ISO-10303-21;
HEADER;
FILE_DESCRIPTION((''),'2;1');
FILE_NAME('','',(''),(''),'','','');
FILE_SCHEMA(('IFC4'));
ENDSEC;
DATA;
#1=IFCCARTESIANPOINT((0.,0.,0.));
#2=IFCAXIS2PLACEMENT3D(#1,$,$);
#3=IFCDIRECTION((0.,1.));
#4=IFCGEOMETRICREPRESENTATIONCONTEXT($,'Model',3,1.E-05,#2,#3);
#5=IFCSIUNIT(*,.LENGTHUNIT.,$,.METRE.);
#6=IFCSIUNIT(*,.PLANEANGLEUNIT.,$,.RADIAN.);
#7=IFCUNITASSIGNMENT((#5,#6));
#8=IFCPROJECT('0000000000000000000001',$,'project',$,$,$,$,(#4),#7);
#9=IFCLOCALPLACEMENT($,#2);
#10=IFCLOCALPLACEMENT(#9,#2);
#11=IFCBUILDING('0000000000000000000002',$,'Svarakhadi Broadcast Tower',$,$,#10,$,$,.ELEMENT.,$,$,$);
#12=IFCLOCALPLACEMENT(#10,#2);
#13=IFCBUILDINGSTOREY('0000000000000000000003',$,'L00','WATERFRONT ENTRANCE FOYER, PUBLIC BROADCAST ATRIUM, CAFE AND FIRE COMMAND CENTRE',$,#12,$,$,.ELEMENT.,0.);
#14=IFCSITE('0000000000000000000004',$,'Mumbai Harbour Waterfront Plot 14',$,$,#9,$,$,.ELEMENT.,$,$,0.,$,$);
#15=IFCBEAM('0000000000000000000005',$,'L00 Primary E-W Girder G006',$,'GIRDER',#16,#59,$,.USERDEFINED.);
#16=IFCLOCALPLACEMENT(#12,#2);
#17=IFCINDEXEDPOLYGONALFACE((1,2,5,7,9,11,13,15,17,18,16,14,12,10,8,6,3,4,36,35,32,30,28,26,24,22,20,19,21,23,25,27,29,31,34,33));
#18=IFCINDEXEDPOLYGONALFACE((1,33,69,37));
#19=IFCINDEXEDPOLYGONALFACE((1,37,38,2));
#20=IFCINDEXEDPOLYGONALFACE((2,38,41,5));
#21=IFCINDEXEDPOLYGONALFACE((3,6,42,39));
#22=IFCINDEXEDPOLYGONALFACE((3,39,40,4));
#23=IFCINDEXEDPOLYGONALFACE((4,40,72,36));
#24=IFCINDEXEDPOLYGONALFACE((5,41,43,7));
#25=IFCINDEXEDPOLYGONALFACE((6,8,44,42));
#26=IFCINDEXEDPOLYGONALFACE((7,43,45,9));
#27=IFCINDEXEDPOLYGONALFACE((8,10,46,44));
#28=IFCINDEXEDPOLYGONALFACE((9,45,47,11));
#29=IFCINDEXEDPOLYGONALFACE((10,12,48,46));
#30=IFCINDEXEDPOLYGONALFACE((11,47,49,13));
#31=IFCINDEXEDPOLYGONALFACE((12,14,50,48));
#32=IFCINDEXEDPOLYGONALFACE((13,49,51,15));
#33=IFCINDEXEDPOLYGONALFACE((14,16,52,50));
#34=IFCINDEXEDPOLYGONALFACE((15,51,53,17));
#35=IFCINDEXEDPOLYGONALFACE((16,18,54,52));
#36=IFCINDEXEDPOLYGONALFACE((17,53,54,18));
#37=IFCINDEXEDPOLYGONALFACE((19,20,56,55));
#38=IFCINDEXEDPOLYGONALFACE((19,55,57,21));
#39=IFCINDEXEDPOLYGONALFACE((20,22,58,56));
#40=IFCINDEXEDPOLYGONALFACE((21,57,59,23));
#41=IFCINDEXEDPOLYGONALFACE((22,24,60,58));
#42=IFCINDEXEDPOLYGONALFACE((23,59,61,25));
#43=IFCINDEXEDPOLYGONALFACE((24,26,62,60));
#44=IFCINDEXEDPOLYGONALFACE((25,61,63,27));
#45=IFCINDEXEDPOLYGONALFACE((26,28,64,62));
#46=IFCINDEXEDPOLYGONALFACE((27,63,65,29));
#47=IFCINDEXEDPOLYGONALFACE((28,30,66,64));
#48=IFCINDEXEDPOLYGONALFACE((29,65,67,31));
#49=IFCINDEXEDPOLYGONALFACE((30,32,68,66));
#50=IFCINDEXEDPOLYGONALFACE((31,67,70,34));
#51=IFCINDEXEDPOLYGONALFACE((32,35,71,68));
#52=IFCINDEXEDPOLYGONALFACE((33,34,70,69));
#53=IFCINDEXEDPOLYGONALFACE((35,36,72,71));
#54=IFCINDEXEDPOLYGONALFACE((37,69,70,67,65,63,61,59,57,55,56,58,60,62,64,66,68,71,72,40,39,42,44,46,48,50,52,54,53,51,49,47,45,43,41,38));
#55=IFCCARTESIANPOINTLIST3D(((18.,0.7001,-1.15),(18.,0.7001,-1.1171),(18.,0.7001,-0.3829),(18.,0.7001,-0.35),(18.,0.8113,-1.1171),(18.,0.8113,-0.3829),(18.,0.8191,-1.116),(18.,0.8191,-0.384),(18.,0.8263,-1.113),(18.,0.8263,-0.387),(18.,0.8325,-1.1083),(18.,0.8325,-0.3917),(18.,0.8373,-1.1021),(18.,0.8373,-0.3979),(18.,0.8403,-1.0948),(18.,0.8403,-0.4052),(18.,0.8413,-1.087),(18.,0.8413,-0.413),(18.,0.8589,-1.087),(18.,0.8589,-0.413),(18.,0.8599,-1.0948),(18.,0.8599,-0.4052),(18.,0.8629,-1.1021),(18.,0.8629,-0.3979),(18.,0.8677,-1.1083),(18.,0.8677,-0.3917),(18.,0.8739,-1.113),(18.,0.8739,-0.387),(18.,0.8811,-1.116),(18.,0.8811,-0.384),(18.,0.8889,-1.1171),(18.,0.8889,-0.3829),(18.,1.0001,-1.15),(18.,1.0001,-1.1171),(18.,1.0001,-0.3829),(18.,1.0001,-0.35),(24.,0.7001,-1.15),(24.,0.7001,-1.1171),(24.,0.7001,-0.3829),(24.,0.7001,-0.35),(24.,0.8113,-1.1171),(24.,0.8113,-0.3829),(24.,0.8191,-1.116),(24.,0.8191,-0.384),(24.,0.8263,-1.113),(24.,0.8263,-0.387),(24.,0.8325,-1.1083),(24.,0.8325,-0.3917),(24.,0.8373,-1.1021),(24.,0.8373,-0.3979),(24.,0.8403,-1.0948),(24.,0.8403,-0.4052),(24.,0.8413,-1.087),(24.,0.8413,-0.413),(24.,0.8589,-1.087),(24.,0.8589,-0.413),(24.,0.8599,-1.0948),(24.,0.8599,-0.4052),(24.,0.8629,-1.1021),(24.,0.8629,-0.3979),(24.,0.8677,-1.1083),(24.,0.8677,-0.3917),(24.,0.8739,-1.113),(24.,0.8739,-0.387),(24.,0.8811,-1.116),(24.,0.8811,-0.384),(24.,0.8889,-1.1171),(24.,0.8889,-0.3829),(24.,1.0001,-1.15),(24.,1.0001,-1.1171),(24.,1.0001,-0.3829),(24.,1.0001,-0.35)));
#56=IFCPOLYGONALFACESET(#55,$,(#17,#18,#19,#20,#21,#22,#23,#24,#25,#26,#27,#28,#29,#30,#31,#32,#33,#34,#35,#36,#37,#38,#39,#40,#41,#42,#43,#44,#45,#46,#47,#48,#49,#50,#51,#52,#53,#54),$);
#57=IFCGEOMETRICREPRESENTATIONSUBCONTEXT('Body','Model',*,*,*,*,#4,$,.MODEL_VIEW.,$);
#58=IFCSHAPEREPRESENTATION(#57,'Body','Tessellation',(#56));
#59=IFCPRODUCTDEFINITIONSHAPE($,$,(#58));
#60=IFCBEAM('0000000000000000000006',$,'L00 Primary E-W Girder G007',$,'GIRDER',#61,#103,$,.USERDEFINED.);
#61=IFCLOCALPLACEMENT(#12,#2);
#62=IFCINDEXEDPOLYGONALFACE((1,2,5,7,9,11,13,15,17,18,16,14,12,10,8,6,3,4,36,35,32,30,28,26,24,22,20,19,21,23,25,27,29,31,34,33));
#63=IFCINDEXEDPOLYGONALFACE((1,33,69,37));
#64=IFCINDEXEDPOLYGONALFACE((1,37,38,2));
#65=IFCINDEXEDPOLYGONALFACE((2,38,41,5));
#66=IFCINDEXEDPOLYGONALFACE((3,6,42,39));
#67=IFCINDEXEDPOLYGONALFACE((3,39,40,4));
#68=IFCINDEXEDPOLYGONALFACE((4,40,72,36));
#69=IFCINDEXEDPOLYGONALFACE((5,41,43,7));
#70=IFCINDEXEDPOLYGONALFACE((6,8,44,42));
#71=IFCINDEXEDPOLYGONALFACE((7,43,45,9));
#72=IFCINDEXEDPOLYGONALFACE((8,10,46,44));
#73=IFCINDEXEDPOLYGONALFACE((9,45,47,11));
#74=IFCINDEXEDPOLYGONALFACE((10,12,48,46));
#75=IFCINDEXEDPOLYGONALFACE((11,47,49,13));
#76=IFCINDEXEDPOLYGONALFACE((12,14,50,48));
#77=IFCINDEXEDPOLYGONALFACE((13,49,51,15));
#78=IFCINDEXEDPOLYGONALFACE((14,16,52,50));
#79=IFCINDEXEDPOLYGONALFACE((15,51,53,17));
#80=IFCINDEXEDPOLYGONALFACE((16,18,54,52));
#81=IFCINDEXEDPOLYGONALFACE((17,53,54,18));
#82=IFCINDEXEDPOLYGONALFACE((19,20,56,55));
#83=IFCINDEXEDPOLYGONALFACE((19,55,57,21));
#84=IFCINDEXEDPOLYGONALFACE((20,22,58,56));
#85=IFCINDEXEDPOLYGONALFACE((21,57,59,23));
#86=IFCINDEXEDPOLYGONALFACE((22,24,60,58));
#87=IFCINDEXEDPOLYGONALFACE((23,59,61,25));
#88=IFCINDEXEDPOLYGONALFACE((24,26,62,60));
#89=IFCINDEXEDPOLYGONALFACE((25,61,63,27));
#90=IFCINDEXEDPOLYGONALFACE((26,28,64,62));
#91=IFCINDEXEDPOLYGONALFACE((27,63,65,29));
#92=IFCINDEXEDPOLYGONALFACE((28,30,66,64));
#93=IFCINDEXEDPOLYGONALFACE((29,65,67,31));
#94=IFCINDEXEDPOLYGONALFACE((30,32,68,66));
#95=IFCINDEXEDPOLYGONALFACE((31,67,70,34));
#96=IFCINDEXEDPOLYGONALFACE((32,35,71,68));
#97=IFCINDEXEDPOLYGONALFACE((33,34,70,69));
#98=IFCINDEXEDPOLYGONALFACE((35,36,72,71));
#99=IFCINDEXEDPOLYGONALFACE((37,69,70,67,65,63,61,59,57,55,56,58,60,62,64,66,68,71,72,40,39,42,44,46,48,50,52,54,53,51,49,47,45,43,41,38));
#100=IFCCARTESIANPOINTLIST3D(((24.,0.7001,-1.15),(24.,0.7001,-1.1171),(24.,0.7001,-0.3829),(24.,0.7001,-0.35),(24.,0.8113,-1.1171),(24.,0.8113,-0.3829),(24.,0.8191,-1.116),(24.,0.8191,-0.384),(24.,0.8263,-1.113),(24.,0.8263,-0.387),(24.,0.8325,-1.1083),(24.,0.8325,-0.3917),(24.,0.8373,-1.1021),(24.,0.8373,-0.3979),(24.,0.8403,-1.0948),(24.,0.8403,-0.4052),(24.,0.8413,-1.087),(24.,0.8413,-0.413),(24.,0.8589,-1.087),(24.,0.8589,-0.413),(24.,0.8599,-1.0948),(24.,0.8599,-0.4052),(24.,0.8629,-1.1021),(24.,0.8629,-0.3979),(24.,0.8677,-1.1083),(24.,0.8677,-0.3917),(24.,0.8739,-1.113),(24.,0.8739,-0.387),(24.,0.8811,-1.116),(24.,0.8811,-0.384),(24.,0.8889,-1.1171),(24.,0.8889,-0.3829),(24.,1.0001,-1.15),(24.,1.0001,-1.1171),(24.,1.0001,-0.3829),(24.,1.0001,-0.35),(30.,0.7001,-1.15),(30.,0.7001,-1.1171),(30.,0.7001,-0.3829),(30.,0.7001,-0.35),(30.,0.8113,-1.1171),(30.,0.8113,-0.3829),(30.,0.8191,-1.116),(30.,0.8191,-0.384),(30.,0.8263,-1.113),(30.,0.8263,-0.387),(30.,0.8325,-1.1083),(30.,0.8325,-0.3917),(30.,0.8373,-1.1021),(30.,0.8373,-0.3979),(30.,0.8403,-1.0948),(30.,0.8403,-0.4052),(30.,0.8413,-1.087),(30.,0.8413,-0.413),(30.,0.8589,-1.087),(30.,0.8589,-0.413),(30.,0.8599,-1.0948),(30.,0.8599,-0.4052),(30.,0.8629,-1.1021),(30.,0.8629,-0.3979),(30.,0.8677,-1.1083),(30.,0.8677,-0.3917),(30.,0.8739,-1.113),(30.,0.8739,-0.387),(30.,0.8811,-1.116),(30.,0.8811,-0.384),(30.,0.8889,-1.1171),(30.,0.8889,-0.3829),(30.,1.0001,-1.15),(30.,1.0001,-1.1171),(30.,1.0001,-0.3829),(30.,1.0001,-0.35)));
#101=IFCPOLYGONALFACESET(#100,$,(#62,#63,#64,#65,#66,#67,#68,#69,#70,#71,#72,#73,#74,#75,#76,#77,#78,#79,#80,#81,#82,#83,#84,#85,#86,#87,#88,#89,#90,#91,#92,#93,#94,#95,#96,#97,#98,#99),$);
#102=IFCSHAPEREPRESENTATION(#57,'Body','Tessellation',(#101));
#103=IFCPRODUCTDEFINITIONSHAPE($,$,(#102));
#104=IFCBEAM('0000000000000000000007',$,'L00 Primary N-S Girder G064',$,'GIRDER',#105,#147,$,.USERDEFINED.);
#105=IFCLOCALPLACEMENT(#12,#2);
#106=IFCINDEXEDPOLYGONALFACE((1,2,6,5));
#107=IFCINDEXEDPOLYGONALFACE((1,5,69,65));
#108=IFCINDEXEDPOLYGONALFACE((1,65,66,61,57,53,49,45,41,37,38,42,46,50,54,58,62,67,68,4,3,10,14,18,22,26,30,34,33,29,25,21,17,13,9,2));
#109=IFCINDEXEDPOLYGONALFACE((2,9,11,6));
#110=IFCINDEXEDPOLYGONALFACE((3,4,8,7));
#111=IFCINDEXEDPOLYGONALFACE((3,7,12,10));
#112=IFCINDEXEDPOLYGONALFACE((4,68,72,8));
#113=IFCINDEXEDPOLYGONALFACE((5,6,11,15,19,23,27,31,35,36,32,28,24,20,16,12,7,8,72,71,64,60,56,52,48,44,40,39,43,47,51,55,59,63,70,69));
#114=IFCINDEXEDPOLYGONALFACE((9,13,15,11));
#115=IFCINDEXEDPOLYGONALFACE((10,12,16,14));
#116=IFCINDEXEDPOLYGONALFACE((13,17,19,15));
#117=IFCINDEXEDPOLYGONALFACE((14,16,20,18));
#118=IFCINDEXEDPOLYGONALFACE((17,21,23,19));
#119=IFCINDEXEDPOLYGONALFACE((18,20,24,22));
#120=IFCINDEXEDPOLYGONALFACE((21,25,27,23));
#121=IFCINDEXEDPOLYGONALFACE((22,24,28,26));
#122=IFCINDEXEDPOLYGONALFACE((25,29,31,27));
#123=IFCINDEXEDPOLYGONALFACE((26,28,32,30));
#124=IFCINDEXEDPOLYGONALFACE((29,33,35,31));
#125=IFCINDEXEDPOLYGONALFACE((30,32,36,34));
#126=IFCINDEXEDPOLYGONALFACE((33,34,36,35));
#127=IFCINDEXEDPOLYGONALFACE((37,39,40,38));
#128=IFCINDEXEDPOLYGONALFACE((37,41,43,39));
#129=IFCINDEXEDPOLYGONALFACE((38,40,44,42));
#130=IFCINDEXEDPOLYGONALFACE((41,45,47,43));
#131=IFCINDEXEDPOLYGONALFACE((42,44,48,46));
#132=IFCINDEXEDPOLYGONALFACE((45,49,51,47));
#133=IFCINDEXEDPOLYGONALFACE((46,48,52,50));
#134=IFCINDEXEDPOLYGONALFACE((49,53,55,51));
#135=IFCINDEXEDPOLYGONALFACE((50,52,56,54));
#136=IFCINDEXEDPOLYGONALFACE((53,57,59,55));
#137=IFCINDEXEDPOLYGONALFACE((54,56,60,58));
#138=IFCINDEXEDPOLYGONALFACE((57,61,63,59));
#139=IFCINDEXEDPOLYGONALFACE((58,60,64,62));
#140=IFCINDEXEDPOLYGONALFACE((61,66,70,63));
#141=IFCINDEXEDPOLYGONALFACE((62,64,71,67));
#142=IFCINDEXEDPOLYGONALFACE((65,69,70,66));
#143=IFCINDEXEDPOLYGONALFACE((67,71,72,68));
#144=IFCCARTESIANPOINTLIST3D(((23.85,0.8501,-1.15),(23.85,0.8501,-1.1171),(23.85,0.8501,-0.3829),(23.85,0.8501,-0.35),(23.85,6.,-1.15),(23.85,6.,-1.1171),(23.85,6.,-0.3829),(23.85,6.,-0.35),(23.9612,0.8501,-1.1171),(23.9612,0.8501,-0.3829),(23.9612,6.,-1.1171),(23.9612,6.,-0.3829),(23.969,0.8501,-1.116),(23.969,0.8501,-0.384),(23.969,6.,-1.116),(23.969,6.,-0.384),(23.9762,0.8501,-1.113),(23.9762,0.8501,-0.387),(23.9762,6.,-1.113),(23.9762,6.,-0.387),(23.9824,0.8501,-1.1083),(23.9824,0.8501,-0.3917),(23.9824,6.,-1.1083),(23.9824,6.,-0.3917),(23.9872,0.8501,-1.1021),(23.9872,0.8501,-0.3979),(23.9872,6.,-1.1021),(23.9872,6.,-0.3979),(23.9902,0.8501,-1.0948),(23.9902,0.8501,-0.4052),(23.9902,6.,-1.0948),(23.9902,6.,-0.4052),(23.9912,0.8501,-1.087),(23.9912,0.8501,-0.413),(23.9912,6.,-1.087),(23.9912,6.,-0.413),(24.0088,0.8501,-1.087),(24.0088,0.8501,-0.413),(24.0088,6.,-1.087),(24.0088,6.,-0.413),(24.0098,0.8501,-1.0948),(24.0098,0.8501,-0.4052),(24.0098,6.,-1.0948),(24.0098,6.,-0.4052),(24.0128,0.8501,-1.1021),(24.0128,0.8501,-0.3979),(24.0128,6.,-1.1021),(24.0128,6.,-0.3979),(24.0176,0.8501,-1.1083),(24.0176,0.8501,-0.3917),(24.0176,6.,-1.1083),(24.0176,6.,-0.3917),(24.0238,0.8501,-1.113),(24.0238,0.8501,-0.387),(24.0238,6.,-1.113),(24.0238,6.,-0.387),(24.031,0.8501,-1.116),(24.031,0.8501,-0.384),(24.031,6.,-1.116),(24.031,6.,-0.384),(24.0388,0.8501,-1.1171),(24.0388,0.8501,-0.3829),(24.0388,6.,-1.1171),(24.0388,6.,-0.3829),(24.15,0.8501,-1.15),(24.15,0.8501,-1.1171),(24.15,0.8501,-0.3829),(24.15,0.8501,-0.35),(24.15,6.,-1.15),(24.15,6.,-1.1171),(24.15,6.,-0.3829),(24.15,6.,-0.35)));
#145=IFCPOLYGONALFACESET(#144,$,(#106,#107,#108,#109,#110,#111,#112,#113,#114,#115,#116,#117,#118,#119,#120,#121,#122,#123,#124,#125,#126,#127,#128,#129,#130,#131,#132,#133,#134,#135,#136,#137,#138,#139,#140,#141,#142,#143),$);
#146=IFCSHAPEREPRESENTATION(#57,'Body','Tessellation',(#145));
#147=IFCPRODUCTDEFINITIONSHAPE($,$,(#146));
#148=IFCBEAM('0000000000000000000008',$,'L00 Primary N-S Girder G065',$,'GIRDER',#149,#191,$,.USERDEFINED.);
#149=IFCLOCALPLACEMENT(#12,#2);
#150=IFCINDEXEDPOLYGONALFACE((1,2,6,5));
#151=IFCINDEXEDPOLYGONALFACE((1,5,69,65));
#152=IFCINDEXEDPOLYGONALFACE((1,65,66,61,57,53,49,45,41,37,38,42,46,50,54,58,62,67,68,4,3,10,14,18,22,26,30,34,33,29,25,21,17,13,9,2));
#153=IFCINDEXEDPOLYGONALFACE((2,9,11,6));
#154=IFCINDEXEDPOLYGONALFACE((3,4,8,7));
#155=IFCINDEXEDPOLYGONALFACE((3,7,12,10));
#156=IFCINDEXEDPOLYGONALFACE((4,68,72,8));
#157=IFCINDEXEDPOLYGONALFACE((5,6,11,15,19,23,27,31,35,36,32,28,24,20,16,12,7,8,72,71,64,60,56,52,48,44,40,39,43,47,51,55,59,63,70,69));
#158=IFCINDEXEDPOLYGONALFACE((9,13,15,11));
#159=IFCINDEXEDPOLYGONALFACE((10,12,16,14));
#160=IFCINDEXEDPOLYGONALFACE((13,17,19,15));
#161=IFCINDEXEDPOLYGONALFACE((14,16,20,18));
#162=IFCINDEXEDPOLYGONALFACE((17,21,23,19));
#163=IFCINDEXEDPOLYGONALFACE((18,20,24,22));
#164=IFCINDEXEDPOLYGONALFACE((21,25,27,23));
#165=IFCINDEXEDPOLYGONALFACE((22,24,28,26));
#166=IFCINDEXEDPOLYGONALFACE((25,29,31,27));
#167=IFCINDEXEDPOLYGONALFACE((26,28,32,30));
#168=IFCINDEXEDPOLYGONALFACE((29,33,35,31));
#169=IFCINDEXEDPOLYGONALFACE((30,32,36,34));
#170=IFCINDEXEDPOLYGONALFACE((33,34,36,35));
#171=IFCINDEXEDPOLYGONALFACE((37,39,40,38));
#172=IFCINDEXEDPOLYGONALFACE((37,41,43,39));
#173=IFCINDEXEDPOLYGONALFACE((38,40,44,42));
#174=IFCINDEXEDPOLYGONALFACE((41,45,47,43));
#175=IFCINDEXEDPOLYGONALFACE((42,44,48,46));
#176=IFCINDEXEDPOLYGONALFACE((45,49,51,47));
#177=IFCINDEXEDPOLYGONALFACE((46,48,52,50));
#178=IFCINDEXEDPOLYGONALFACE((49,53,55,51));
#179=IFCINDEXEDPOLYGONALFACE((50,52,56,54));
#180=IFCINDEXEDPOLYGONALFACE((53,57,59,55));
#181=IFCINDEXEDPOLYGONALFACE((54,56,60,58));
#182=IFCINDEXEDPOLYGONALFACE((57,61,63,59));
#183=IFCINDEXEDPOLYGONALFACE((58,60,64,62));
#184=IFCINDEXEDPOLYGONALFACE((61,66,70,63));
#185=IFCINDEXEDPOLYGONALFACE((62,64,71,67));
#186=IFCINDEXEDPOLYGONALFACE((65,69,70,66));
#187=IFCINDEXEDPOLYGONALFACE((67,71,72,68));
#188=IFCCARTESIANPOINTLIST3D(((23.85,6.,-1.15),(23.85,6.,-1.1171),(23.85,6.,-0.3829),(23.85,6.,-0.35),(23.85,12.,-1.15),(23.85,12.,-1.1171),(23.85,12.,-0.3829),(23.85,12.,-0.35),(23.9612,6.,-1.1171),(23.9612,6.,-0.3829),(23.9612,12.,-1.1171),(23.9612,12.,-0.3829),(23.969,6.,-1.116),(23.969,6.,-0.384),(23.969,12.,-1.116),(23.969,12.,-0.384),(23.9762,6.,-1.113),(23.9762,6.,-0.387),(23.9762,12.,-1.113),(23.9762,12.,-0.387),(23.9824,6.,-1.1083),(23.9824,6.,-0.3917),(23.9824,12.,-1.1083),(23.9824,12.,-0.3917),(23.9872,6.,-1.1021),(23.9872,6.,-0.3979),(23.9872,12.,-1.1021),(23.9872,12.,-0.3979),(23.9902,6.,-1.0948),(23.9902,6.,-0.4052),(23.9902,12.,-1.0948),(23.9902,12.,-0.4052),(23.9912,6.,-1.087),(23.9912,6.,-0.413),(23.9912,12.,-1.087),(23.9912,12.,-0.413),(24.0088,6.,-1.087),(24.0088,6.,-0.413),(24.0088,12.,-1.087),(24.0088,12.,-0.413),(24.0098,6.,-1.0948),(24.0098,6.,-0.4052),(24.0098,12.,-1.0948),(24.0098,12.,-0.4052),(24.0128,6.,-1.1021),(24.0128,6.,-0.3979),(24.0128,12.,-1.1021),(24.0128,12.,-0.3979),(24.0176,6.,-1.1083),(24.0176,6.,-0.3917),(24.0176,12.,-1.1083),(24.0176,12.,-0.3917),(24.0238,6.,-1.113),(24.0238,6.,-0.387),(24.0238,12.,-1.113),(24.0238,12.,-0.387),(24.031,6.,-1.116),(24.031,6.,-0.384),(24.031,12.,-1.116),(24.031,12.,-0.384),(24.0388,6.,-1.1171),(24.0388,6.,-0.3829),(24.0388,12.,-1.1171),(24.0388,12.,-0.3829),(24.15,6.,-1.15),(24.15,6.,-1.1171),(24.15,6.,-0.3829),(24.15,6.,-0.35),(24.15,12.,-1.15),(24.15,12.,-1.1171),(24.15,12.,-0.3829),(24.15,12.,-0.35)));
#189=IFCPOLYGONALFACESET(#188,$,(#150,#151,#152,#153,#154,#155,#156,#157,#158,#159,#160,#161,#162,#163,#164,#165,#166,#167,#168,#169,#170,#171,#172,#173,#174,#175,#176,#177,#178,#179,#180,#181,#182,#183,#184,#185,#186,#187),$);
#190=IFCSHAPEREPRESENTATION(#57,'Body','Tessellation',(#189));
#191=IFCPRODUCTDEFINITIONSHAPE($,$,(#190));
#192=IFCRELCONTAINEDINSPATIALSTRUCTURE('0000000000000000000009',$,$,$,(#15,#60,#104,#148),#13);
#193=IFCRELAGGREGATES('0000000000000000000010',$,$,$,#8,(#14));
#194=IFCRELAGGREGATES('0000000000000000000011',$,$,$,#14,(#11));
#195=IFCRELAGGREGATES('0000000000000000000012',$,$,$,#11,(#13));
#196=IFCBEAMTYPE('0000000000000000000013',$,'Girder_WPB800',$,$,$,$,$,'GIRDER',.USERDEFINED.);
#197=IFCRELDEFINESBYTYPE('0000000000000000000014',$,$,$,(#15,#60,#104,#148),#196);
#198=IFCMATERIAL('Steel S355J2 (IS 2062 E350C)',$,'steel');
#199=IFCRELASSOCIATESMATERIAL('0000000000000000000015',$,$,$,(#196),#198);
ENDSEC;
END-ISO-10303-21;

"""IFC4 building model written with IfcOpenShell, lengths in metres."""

from ifc_helpers import new_model, si_unit, direction, frame, origin, origin_2d, place, context, subcontext, project, spatial, i_section, extrude, material, material_profile, profile_set, type_object, element, save


model = new_model("IFC4")

# Units and contexts
model_context = context("Model", 3, precision=1e-05, world=origin(), true_north=direction((0.0, 1.0)))
body_context = subcontext(model_context, "Body", "Model", "MODEL_VIEW")
ifc_project = project(units=[si_unit("LENGTHUNIT", "METRE"), si_unit("PLANEANGLEUNIT", "RADIAN")], contexts=[model_context])

# Site, building, storey
site_placement = place(None, origin())
site = spatial("IfcSite", under=ifc_project, at=site_placement, Name="Mumbai Harbour Waterfront Plot 14", CompositionType="ELEMENT", RefElevation=0.0)
building_placement = place(site_placement, origin())
building = spatial("IfcBuilding", under=site, at=building_placement, Name="Svarakhadi Broadcast Tower", CompositionType="ELEMENT")
storey_placement = place(building_placement, origin())
storey = spatial("IfcBuildingStorey", under=building, at=storey_placement, Name="L00", Description="WATERFRONT ENTRANCE FOYER, PUBLIC BROADCAST ATRIUM, CAFE AND FIRE COMMAND CENTRE", CompositionType="ELEMENT", Elevation=0.0)

# Shared definitions
ifc_material_1 = material(Name="Steel S355J2 (IS 2062 E350C)", Category="steel")

# Beams
ifc_material_profile_1 = material_profile(ifc_material_1, i_section(OverallWidth=0.3, OverallDepth=0.8, WebThickness=0.0176, FlangeThickness=0.033, FilletRadius=0.03, at=origin_2d()), Name="WPB 800x300x262")
ifc_profile_set_1 = profile_set([ifc_material_profile_1], Name="Steel S355J2 (IS 2062 E350C)")
beam_type_1 = type_object("IfcBeamType", Name="Girder_WPB800", ElementType="GIRDER", PredefinedType="USERDEFINED", material=ifc_profile_set_1)
for number, where, z_axis, x_axis, name in (
    (1, (18.0, 0.8501, -0.75), (1.0, 0.0, 0.0), (0.0, 1.0, 0.0), "L00 Primary E-W Girder G006"),
    (2, (24.0, 0.8501, -0.75), (1.0, 0.0, 0.0), (0.0, 1.0, 0.0), "L00 Primary E-W Girder G007"),
):
    element("IfcBeam", number, at=place(storey_placement, frame(where, z_axis=z_axis, x_axis=x_axis)), inside=storey, type_object=beam_type_1, Name=name, ObjectType="GIRDER", PredefinedType="USERDEFINED", context=body_context, shape_type="SweptSolid", body=[
        extrude(i_section(OverallWidth=0.3, OverallDepth=0.8, WebThickness=0.0176, FlangeThickness=0.033, FilletRadius=0.03, at=origin_2d()), origin(), (0.0, 0.0, 1.0), 6.0),
    ])
beam_1_placement = place(storey_placement, frame((24.0, 0.8501, -0.75), z_axis=(0.0, 1.0, 0.0), x_axis=(-1.0, 0.0, 0.0)))
element("IfcBeam", 3, at=beam_1_placement, inside=storey, type_object=beam_type_1, Name="L00 Primary N-S Girder G064", ObjectType="GIRDER", PredefinedType="USERDEFINED", context=body_context, shape_type="SweptSolid", body=[
    extrude(i_section(OverallWidth=0.3, OverallDepth=0.8, WebThickness=0.0176, FlangeThickness=0.033, FilletRadius=0.03, at=origin_2d()), origin(), (0.0, 0.0, 1.0), 5.1499),
])
beam_2_placement = place(storey_placement, frame((24.0, 6.0, -0.75), z_axis=(0.0, 1.0, 0.0), x_axis=(-1.0, 0.0, 0.0)))
element("IfcBeam", 4, at=beam_2_placement, inside=storey, type_object=beam_type_1, Name="L00 Primary N-S Girder G065", ObjectType="GIRDER", PredefinedType="USERDEFINED", context=body_context, shape_type="SweptSolid", body=[
    extrude(i_section(OverallWidth=0.3, OverallDepth=0.8, WebThickness=0.0176, FlangeThickness=0.033, FilletRadius=0.03, at=origin_2d()), origin(), (0.0, 0.0, 1.0), 6.0),
])

save(model, "model.ifc")
